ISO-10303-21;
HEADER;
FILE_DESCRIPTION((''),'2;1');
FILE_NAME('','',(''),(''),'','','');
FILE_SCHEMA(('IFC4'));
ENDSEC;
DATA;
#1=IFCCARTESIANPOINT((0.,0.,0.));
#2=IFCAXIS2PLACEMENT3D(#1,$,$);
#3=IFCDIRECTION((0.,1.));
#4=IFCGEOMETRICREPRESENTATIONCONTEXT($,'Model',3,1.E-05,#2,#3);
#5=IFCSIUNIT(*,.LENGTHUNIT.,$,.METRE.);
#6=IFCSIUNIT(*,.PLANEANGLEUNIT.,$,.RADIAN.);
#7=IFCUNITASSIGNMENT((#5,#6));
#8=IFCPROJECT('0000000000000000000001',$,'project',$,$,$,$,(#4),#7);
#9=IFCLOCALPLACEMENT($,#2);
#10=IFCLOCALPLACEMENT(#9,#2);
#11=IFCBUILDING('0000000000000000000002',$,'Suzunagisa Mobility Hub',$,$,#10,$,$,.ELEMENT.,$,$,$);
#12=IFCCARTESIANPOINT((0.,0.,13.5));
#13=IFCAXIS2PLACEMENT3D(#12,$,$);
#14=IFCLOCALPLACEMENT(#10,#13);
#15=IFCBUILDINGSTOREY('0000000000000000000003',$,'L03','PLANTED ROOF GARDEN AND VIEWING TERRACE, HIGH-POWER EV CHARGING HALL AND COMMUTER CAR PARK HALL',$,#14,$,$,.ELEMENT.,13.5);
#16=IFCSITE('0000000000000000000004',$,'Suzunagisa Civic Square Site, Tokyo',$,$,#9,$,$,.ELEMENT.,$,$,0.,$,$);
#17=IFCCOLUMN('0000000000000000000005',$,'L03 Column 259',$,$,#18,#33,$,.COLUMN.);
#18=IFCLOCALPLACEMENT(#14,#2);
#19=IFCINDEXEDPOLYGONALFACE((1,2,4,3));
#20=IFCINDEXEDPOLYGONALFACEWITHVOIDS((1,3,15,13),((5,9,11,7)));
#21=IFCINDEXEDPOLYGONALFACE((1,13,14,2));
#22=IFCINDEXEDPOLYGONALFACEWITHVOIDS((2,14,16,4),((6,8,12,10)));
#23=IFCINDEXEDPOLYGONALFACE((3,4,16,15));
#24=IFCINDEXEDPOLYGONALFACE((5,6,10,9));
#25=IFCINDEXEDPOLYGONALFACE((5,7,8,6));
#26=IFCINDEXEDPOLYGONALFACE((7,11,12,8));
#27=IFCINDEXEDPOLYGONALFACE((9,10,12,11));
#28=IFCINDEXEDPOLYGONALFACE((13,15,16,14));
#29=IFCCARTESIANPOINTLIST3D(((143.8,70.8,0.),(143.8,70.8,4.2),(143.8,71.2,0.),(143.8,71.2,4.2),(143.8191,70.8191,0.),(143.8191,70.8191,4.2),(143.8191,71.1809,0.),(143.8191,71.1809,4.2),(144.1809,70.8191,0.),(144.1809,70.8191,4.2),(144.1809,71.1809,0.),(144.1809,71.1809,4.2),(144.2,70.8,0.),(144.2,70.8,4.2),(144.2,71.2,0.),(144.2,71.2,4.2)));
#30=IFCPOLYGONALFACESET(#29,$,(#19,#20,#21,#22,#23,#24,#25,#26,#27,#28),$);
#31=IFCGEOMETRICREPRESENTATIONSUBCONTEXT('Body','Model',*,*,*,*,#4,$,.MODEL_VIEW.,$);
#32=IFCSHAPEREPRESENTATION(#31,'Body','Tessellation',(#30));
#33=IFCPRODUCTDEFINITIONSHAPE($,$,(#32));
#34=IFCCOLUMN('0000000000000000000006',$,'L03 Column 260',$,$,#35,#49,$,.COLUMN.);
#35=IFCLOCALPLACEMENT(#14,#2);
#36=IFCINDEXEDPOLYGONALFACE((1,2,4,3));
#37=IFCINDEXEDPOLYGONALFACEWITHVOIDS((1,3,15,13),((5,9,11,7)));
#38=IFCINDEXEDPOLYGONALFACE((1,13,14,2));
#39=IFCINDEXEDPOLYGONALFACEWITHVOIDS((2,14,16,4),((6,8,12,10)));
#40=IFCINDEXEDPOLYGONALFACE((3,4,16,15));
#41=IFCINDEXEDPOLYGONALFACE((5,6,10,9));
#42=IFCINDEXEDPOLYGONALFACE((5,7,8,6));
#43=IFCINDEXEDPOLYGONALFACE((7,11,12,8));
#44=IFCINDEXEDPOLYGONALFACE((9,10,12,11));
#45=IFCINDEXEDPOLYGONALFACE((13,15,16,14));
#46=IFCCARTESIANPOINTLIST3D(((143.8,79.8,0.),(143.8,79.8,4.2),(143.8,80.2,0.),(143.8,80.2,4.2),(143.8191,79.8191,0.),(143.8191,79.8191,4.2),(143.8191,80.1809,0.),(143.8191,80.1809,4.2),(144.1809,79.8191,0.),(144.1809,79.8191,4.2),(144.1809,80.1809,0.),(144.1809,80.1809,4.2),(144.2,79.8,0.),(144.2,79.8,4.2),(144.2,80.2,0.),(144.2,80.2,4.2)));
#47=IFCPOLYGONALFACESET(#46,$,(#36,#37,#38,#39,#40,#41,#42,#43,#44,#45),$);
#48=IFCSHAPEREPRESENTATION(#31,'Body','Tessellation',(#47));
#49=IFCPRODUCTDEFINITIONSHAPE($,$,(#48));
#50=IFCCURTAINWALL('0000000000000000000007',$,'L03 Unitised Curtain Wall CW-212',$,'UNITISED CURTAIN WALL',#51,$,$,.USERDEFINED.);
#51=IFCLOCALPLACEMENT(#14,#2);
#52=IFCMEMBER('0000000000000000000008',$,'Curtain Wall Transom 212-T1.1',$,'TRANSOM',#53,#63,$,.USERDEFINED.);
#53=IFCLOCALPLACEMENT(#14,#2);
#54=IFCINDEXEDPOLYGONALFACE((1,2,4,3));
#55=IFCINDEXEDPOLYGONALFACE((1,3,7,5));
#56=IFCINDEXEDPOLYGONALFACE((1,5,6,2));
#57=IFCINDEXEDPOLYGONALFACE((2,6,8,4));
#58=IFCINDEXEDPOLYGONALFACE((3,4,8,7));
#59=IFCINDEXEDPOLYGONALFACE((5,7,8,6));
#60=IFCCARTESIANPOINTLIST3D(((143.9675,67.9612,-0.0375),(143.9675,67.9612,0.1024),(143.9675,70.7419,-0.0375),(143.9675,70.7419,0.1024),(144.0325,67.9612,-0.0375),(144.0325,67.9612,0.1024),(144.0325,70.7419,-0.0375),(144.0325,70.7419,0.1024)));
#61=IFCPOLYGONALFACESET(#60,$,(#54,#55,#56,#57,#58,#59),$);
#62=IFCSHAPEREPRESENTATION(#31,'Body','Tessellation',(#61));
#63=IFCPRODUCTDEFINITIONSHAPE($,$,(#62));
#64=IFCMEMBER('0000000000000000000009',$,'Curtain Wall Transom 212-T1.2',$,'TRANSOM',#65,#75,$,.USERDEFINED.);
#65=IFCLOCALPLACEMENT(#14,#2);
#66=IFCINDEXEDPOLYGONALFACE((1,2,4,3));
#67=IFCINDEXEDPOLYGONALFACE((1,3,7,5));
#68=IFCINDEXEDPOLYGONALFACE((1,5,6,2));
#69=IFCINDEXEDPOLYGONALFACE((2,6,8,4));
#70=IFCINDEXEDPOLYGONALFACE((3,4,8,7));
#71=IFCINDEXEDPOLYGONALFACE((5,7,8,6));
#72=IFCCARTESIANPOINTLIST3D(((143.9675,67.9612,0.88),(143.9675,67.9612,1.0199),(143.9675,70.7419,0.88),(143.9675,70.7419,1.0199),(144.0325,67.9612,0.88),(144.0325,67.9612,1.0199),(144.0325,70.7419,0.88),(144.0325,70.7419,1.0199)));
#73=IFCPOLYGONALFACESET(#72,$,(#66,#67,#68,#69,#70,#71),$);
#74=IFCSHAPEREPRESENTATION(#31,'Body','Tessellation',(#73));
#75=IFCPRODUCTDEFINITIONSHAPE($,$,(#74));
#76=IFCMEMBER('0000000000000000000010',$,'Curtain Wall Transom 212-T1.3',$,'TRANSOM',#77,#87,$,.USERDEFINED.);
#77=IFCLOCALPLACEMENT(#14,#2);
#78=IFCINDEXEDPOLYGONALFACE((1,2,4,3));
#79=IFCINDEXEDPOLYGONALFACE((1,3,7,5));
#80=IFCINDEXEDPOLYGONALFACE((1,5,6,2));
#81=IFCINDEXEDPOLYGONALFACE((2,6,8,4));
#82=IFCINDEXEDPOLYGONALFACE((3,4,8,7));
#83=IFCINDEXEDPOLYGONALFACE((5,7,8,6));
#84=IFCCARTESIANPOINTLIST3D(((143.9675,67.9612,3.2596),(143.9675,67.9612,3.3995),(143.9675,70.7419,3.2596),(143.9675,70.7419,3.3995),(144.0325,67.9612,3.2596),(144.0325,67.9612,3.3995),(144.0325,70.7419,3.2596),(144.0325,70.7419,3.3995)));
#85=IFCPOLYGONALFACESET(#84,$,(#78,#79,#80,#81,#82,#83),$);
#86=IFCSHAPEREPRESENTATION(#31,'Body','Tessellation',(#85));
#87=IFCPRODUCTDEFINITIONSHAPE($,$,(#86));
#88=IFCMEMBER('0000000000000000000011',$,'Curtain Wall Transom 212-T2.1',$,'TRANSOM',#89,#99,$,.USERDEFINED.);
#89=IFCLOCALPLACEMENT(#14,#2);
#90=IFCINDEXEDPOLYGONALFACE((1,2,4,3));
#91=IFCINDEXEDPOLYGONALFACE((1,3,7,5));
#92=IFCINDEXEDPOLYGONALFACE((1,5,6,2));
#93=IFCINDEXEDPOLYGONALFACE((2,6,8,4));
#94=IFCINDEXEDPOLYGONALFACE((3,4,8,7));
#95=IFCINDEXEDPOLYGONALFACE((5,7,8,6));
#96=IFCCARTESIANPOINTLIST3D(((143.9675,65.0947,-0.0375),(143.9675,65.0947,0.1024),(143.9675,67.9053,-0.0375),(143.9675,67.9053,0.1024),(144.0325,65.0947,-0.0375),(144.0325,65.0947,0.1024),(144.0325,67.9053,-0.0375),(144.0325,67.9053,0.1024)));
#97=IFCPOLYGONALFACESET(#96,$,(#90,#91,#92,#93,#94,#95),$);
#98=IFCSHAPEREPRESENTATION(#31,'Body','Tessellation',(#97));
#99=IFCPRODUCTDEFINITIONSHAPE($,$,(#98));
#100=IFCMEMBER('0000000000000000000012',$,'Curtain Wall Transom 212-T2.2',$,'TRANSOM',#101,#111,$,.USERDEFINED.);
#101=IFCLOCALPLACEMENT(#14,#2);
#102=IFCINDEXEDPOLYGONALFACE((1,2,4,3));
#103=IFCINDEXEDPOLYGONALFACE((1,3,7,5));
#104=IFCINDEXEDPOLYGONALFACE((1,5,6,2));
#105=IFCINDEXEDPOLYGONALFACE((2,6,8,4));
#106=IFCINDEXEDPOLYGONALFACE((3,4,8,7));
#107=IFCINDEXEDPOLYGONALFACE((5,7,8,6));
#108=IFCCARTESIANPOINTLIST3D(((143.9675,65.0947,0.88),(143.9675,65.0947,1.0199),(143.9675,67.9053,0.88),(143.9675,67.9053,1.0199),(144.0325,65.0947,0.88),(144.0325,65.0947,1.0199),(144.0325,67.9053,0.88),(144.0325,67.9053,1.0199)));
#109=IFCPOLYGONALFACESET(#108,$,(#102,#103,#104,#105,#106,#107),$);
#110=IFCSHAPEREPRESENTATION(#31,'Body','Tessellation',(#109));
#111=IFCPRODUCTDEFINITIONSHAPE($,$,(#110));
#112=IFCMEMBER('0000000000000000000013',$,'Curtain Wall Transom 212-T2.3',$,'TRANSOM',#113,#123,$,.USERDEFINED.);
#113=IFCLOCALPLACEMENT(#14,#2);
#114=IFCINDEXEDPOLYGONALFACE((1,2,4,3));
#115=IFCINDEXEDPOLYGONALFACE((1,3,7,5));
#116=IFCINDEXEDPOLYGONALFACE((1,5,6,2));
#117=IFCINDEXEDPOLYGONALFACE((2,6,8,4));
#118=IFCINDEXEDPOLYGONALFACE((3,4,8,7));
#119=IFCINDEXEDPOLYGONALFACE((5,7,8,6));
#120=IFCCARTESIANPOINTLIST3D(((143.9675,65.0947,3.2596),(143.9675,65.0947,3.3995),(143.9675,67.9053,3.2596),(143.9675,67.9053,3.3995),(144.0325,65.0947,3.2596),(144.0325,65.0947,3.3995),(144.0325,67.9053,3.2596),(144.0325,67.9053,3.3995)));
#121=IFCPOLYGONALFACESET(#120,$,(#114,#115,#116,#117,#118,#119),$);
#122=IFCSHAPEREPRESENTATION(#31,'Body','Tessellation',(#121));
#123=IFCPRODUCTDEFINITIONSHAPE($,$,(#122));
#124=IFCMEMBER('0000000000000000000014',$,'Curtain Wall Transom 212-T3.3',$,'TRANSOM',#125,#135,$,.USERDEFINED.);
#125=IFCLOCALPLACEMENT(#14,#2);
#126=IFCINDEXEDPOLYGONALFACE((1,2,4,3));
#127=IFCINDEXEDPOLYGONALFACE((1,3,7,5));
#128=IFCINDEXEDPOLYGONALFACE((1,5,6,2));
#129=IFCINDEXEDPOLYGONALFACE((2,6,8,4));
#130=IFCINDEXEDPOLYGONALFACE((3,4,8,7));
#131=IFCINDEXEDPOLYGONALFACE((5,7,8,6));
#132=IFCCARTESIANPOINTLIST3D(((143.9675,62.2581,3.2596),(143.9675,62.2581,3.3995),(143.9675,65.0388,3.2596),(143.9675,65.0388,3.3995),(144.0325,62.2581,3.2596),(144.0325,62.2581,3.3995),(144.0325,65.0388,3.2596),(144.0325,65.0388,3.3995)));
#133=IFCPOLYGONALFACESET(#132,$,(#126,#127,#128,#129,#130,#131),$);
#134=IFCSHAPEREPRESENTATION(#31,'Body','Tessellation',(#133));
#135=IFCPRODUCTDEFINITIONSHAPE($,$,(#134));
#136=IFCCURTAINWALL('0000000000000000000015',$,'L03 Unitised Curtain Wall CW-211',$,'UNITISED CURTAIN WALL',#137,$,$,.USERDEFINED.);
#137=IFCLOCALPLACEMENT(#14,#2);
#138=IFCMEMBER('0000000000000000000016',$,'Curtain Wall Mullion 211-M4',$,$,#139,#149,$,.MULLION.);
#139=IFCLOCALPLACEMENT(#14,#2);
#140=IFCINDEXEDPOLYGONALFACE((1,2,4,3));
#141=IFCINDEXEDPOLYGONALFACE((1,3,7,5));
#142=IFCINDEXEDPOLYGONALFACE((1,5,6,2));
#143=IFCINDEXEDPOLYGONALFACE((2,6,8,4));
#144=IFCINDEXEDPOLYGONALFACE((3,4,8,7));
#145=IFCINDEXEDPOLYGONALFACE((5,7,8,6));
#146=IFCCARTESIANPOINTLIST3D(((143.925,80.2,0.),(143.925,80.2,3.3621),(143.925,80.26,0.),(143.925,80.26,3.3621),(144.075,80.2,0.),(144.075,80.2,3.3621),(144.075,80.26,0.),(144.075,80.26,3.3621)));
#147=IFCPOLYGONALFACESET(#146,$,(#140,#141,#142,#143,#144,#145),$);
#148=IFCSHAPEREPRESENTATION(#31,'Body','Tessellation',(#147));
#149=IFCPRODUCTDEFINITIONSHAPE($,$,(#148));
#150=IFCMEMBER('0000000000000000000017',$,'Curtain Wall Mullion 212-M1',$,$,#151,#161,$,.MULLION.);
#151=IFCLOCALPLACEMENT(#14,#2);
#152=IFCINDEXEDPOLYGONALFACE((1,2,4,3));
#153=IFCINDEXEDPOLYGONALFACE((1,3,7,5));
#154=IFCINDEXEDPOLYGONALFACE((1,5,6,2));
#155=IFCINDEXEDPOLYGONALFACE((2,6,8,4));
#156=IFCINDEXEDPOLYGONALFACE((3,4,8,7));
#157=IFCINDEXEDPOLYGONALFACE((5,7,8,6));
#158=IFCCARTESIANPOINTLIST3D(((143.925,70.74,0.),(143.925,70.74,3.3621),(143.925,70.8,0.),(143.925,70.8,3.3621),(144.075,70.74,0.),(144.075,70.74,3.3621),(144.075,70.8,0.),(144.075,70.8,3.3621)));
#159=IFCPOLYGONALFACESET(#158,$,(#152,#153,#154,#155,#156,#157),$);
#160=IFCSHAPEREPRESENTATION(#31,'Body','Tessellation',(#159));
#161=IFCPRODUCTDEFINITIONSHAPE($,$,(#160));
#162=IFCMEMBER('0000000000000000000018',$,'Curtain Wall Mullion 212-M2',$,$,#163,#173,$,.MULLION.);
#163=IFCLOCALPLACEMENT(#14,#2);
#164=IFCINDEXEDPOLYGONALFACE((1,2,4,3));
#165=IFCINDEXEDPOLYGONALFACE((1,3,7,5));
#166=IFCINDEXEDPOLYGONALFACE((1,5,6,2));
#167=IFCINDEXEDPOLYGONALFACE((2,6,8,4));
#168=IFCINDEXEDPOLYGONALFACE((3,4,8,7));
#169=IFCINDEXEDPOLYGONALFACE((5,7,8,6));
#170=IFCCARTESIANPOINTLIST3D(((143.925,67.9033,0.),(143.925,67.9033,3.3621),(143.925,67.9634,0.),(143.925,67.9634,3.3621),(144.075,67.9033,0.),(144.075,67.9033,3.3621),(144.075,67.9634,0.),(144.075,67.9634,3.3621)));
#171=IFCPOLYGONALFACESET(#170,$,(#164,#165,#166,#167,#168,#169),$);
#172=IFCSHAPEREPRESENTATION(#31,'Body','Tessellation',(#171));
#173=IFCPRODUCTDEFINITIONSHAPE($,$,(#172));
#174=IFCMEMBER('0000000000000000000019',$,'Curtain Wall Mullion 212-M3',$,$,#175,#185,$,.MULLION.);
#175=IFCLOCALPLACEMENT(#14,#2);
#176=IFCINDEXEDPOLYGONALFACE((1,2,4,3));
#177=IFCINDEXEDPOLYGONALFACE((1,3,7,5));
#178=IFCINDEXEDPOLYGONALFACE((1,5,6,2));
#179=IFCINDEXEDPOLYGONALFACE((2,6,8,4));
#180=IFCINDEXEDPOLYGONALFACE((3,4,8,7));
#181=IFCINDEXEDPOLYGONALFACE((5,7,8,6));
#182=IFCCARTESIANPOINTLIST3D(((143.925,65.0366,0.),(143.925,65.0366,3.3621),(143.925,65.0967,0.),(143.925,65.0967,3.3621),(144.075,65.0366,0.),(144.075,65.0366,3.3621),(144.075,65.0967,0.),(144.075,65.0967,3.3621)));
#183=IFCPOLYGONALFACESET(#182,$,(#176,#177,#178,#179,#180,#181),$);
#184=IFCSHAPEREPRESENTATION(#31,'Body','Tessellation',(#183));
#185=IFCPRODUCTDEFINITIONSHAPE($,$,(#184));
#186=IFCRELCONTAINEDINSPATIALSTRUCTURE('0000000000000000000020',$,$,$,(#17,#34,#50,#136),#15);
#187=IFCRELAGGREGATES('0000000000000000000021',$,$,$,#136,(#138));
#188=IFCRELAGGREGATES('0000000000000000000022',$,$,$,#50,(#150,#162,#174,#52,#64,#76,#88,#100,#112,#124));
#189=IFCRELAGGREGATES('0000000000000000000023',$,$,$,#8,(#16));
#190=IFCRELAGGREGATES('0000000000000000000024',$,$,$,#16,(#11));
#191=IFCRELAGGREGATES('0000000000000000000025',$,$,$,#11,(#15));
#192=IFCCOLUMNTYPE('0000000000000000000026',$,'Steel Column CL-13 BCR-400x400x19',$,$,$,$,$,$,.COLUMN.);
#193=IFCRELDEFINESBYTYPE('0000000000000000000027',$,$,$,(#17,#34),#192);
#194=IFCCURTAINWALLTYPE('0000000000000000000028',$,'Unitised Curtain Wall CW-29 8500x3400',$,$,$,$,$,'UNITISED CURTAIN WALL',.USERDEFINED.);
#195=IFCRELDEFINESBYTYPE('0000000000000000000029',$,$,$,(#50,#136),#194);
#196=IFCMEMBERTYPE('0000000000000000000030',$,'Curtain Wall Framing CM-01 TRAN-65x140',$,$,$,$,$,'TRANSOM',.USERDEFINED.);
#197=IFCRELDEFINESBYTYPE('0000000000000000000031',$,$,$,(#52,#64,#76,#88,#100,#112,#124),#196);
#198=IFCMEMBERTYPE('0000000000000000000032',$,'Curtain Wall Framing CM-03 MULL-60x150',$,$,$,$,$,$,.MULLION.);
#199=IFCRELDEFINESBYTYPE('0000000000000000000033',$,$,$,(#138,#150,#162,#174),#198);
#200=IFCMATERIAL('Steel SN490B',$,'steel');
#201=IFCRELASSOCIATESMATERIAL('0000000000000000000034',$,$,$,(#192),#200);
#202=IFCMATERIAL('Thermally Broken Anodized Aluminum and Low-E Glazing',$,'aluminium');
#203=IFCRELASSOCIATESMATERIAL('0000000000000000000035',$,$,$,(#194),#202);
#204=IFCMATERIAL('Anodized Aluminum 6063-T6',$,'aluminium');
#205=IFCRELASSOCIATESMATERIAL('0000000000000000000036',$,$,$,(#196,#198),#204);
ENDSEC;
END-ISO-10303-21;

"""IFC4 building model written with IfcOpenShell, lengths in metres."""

from ifc_helpers import new_model, si_unit, direction, frame, origin, origin_2d, place, context, subcontext, project, spatial, rectangle, hollow_rectangle, extrude, material, material_profile, profile_set, type_object, element, aggregate, save


model = new_model("IFC4")

# Units and contexts
model_context = context("Model", 3, precision=1e-05, world=origin(), true_north=direction((0.0, 1.0)))
body_context = subcontext(model_context, "Body", "Model", "MODEL_VIEW")
ifc_project = project(units=[si_unit("LENGTHUNIT", "METRE"), si_unit("PLANEANGLEUNIT", "RADIAN")], contexts=[model_context])

# Site, building, storey
site_placement = place(None, origin())
site = spatial("IfcSite", under=ifc_project, at=site_placement, Name="Suzunagisa Civic Square Site, Tokyo", CompositionType="ELEMENT", RefElevation=0.0)
building_placement = place(site_placement, origin())
building = spatial("IfcBuilding", under=site, at=building_placement, Name="Suzunagisa Mobility Hub", CompositionType="ELEMENT")
storey_placement = place(building_placement, frame((0.0, 0.0, 13.5)))
storey = spatial("IfcBuildingStorey", under=building, at=storey_placement, Name="L03", Description="PLANTED ROOF GARDEN AND VIEWING TERRACE, HIGH-POWER EV CHARGING HALL AND COMMUTER CAR PARK HALL", CompositionType="ELEMENT", Elevation=13.5)

# Columns
ifc_material_1 = material(Name="Steel SN490B", Category="steel")
ifc_material_profile_1 = material_profile(ifc_material_1, hollow_rectangle(XDim=0.3999, YDim=0.3999, WallThickness=0.019, at=origin_2d()), Name="BCR-400x400x19")
ifc_profile_set_1 = profile_set([ifc_material_profile_1], Name="Steel SN490B")
column_type = type_object("IfcColumnType", Name="Steel Column CL-13 BCR-400x400x19", PredefinedType="COLUMN", material=ifc_profile_set_1)
for number, where, z_axis, x_axis, name in (
    (1, (144.0, 71.0, 0.0), (0.0, 0.0, 1.0), (1.0, 0.0, 0.0), "L03 Column 259"),
    (2, (144.0, 80.0, 0.0), (0.0, 0.0, 1.0), (1.0, 0.0, 0.0), "L03 Column 260"),
):
    element("IfcColumn", number, at=place(storey_placement, frame(where, z_axis=z_axis, x_axis=x_axis)), inside=storey, type_object=column_type, Name=name, PredefinedType="COLUMN", context=body_context, shape_type="SweptSolid", body=[
        extrude(hollow_rectangle(XDim=0.3999, YDim=0.3999, WallThickness=0.019, at=origin_2d()), origin(), (0.0, 0.0, 1.0), 4.2),
    ])

# Curtain wall, members
ifc_material_2 = material(Name="Thermally Broken Anodized Aluminum and Low-E Glazing", Category="aluminium")
curtain_wall_type = type_object("IfcCurtainWallType", Name="Unitised Curtain Wall CW-29 8500x3400", ElementType="UNITISED CURTAIN WALL", PredefinedType="USERDEFINED", material=ifc_material_2)
curtain_wall_1_placement = place(storey_placement, origin())
curtain_wall_1 = element("IfcCurtainWall", 3, at=curtain_wall_1_placement, inside=storey, type_object=curtain_wall_type, Name="L03 Unitised Curtain Wall CW-212", ObjectType="UNITISED CURTAIN WALL", PredefinedType="USERDEFINED")
ifc_material_3 = material(Name="Anodized Aluminum 6063-T6", Category="aluminium")
ifc_material_profile_2 = material_profile(ifc_material_3, rectangle(XDim=0.0649, YDim=0.1399, at=origin_2d()), Name="TRAN-65x140")
ifc_profile_set_2 = profile_set([ifc_material_profile_2], Name="Anodized Aluminum 6063-T6")
member_type_1 = type_object("IfcMemberType", Name="Curtain Wall Framing CM-01 TRAN-65x140", ElementType="TRANSOM", PredefinedType="USERDEFINED", material=ifc_profile_set_2)
member_1_placement = place(storey_placement, frame((144.0, 70.7419, 0.0325), z_axis=(0.0, -1.0, 0.0), x_axis=(1.0, 0.0, 0.0)))
member_1 = element("IfcMember", 4, at=member_1_placement, type_object=member_type_1, Name="Curtain Wall Transom 212-T1.1", ObjectType="TRANSOM", PredefinedType="USERDEFINED", context=body_context, shape_type="SweptSolid", body=[
    extrude(rectangle(XDim=0.0649, YDim=0.1399, at=origin_2d()), origin(), (0.0, 0.0, 1.0), 2.7808),
])
member_2_placement = place(storey_placement, frame((144.0, 70.7419, 0.95), z_axis=(0.0, -1.0, 0.0), x_axis=(1.0, 0.0, 0.0)))
member_2 = element("IfcMember", 5, at=member_2_placement, type_object=member_type_1, Name="Curtain Wall Transom 212-T1.2", ObjectType="TRANSOM", PredefinedType="USERDEFINED", context=body_context, shape_type="SweptSolid", body=[
    extrude(rectangle(XDim=0.0649, YDim=0.1399, at=origin_2d()), origin(), (0.0, 0.0, 1.0), 2.7808),
])
member_3_placement = place(storey_placement, frame((144.0, 70.7419, 3.3296), z_axis=(0.0, -1.0, 0.0), x_axis=(1.0, 0.0, 0.0)))
member_3 = element("IfcMember", 6, at=member_3_placement, type_object=member_type_1, Name="Curtain Wall Transom 212-T1.3", ObjectType="TRANSOM", PredefinedType="USERDEFINED", context=body_context, shape_type="SweptSolid", body=[
    extrude(rectangle(XDim=0.0649, YDim=0.1399, at=origin_2d()), origin(), (0.0, 0.0, 1.0), 2.7808),
])
member_4_placement = place(storey_placement, frame((144.0, 67.9053, 0.0325), z_axis=(0.0, -1.0, 0.0), x_axis=(1.0, 0.0, 0.0)))
member_4 = element("IfcMember", 7, at=member_4_placement, type_object=member_type_1, Name="Curtain Wall Transom 212-T2.1", ObjectType="TRANSOM", PredefinedType="USERDEFINED", context=body_context, shape_type="SweptSolid", body=[
    extrude(rectangle(XDim=0.0649, YDim=0.1399, at=origin_2d()), origin(), (0.0, 0.0, 1.0), 2.8105),
])
member_5_placement = place(storey_placement, frame((144.0, 67.9053, 0.95), z_axis=(0.0, -1.0, 0.0), x_axis=(1.0, 0.0, 0.0)))
member_5 = element("IfcMember", 8, at=member_5_placement, type_object=member_type_1, Name="Curtain Wall Transom 212-T2.2", ObjectType="TRANSOM", PredefinedType="USERDEFINED", context=body_context, shape_type="SweptSolid", body=[
    extrude(rectangle(XDim=0.0649, YDim=0.1399, at=origin_2d()), origin(), (0.0, 0.0, 1.0), 2.8105),
])
member_6_placement = place(storey_placement, frame((144.0, 67.9053, 3.3296), z_axis=(0.0, -1.0, 0.0), x_axis=(1.0, 0.0, 0.0)))
member_6 = element("IfcMember", 9, at=member_6_placement, type_object=member_type_1, Name="Curtain Wall Transom 212-T2.3", ObjectType="TRANSOM", PredefinedType="USERDEFINED", context=body_context, shape_type="SweptSolid", body=[
    extrude(rectangle(XDim=0.0649, YDim=0.1399, at=origin_2d()), origin(), (0.0, 0.0, 1.0), 2.8105),
])
member_7_placement = place(storey_placement, frame((144.0, 65.0388, 3.3296), z_axis=(0.0, -1.0, 0.0), x_axis=(1.0, 0.0, 0.0)))
member_7 = element("IfcMember", 10, at=member_7_placement, type_object=member_type_1, Name="Curtain Wall Transom 212-T3.3", ObjectType="TRANSOM", PredefinedType="USERDEFINED", context=body_context, shape_type="SweptSolid", body=[
    extrude(rectangle(XDim=0.0649, YDim=0.1399, at=origin_2d()), origin(), (0.0, 0.0, 1.0), 2.7808),
])

# Curtain wall, member
curtain_wall_2_placement = place(storey_placement, origin())
curtain_wall_2 = element("IfcCurtainWall", 11, at=curtain_wall_2_placement, inside=storey, type_object=curtain_wall_type, Name="L03 Unitised Curtain Wall CW-211", ObjectType="UNITISED CURTAIN WALL", PredefinedType="USERDEFINED")
ifc_material_profile_3 = material_profile(ifc_material_3, rectangle(XDim=0.0601, YDim=0.1499, at=origin_2d()), Name="MULL-60x150")
ifc_profile_set_3 = profile_set([ifc_material_profile_3], Name="Anodized Aluminum 6063-T6")
member_type_2 = type_object("IfcMemberType", Name="Curtain Wall Framing CM-03 MULL-60x150", PredefinedType="MULLION", material=ifc_profile_set_3)
member_8_placement = place(storey_placement, frame((144.0, 80.23, 0.0), z_axis=(0.0, 0.0, 1.0), x_axis=(0.0, -1.0, 0.0)))
member_8 = element("IfcMember", 12, at=member_8_placement, type_object=member_type_2, Name="Curtain Wall Mullion 211-M4", PredefinedType="MULLION", context=body_context, shape_type="SweptSolid", body=[
    extrude(rectangle(XDim=0.0601, YDim=0.1499, at=origin_2d()), origin(), (0.0, 0.0, 1.0), 3.3621),
])

# Members
member_9_placement = place(storey_placement, frame((144.0, 70.77, 0.0), z_axis=(0.0, 0.0, 1.0), x_axis=(0.0, -1.0, 0.0)))
member_9 = element("IfcMember", 13, at=member_9_placement, type_object=member_type_2, Name="Curtain Wall Mullion 212-M1", PredefinedType="MULLION", context=body_context, shape_type="SweptSolid", body=[
    extrude(rectangle(XDim=0.0601, YDim=0.1499, at=origin_2d()), origin(), (0.0, 0.0, 1.0), 3.3621),
])
member_10_placement = place(storey_placement, frame((144.0, 67.9333, 0.0), z_axis=(0.0, 0.0, 1.0), x_axis=(0.0, -1.0, 0.0)))
member_10 = element("IfcMember", 14, at=member_10_placement, type_object=member_type_2, Name="Curtain Wall Mullion 212-M2", PredefinedType="MULLION", context=body_context, shape_type="SweptSolid", body=[
    extrude(rectangle(XDim=0.0601, YDim=0.1499, at=origin_2d()), origin(), (0.0, 0.0, 1.0), 3.3621),
])
member_11_placement = place(storey_placement, frame((144.0, 65.0667, 0.0), z_axis=(0.0, 0.0, 1.0), x_axis=(0.0, -1.0, 0.0)))
member_11 = element("IfcMember", 15, at=member_11_placement, type_object=member_type_2, Name="Curtain Wall Mullion 212-M3", PredefinedType="MULLION", context=body_context, shape_type="SweptSolid", body=[
    extrude(rectangle(XDim=0.0601, YDim=0.1499, at=origin_2d()), origin(), (0.0, 0.0, 1.0), 3.3621),
])

aggregate(curtain_wall_2, [member_8])
aggregate(curtain_wall_1, [member_9, member_10, member_11, member_1, member_2, member_3, member_4, member_5, member_6, member_7])

save(model, "model.ifc")
